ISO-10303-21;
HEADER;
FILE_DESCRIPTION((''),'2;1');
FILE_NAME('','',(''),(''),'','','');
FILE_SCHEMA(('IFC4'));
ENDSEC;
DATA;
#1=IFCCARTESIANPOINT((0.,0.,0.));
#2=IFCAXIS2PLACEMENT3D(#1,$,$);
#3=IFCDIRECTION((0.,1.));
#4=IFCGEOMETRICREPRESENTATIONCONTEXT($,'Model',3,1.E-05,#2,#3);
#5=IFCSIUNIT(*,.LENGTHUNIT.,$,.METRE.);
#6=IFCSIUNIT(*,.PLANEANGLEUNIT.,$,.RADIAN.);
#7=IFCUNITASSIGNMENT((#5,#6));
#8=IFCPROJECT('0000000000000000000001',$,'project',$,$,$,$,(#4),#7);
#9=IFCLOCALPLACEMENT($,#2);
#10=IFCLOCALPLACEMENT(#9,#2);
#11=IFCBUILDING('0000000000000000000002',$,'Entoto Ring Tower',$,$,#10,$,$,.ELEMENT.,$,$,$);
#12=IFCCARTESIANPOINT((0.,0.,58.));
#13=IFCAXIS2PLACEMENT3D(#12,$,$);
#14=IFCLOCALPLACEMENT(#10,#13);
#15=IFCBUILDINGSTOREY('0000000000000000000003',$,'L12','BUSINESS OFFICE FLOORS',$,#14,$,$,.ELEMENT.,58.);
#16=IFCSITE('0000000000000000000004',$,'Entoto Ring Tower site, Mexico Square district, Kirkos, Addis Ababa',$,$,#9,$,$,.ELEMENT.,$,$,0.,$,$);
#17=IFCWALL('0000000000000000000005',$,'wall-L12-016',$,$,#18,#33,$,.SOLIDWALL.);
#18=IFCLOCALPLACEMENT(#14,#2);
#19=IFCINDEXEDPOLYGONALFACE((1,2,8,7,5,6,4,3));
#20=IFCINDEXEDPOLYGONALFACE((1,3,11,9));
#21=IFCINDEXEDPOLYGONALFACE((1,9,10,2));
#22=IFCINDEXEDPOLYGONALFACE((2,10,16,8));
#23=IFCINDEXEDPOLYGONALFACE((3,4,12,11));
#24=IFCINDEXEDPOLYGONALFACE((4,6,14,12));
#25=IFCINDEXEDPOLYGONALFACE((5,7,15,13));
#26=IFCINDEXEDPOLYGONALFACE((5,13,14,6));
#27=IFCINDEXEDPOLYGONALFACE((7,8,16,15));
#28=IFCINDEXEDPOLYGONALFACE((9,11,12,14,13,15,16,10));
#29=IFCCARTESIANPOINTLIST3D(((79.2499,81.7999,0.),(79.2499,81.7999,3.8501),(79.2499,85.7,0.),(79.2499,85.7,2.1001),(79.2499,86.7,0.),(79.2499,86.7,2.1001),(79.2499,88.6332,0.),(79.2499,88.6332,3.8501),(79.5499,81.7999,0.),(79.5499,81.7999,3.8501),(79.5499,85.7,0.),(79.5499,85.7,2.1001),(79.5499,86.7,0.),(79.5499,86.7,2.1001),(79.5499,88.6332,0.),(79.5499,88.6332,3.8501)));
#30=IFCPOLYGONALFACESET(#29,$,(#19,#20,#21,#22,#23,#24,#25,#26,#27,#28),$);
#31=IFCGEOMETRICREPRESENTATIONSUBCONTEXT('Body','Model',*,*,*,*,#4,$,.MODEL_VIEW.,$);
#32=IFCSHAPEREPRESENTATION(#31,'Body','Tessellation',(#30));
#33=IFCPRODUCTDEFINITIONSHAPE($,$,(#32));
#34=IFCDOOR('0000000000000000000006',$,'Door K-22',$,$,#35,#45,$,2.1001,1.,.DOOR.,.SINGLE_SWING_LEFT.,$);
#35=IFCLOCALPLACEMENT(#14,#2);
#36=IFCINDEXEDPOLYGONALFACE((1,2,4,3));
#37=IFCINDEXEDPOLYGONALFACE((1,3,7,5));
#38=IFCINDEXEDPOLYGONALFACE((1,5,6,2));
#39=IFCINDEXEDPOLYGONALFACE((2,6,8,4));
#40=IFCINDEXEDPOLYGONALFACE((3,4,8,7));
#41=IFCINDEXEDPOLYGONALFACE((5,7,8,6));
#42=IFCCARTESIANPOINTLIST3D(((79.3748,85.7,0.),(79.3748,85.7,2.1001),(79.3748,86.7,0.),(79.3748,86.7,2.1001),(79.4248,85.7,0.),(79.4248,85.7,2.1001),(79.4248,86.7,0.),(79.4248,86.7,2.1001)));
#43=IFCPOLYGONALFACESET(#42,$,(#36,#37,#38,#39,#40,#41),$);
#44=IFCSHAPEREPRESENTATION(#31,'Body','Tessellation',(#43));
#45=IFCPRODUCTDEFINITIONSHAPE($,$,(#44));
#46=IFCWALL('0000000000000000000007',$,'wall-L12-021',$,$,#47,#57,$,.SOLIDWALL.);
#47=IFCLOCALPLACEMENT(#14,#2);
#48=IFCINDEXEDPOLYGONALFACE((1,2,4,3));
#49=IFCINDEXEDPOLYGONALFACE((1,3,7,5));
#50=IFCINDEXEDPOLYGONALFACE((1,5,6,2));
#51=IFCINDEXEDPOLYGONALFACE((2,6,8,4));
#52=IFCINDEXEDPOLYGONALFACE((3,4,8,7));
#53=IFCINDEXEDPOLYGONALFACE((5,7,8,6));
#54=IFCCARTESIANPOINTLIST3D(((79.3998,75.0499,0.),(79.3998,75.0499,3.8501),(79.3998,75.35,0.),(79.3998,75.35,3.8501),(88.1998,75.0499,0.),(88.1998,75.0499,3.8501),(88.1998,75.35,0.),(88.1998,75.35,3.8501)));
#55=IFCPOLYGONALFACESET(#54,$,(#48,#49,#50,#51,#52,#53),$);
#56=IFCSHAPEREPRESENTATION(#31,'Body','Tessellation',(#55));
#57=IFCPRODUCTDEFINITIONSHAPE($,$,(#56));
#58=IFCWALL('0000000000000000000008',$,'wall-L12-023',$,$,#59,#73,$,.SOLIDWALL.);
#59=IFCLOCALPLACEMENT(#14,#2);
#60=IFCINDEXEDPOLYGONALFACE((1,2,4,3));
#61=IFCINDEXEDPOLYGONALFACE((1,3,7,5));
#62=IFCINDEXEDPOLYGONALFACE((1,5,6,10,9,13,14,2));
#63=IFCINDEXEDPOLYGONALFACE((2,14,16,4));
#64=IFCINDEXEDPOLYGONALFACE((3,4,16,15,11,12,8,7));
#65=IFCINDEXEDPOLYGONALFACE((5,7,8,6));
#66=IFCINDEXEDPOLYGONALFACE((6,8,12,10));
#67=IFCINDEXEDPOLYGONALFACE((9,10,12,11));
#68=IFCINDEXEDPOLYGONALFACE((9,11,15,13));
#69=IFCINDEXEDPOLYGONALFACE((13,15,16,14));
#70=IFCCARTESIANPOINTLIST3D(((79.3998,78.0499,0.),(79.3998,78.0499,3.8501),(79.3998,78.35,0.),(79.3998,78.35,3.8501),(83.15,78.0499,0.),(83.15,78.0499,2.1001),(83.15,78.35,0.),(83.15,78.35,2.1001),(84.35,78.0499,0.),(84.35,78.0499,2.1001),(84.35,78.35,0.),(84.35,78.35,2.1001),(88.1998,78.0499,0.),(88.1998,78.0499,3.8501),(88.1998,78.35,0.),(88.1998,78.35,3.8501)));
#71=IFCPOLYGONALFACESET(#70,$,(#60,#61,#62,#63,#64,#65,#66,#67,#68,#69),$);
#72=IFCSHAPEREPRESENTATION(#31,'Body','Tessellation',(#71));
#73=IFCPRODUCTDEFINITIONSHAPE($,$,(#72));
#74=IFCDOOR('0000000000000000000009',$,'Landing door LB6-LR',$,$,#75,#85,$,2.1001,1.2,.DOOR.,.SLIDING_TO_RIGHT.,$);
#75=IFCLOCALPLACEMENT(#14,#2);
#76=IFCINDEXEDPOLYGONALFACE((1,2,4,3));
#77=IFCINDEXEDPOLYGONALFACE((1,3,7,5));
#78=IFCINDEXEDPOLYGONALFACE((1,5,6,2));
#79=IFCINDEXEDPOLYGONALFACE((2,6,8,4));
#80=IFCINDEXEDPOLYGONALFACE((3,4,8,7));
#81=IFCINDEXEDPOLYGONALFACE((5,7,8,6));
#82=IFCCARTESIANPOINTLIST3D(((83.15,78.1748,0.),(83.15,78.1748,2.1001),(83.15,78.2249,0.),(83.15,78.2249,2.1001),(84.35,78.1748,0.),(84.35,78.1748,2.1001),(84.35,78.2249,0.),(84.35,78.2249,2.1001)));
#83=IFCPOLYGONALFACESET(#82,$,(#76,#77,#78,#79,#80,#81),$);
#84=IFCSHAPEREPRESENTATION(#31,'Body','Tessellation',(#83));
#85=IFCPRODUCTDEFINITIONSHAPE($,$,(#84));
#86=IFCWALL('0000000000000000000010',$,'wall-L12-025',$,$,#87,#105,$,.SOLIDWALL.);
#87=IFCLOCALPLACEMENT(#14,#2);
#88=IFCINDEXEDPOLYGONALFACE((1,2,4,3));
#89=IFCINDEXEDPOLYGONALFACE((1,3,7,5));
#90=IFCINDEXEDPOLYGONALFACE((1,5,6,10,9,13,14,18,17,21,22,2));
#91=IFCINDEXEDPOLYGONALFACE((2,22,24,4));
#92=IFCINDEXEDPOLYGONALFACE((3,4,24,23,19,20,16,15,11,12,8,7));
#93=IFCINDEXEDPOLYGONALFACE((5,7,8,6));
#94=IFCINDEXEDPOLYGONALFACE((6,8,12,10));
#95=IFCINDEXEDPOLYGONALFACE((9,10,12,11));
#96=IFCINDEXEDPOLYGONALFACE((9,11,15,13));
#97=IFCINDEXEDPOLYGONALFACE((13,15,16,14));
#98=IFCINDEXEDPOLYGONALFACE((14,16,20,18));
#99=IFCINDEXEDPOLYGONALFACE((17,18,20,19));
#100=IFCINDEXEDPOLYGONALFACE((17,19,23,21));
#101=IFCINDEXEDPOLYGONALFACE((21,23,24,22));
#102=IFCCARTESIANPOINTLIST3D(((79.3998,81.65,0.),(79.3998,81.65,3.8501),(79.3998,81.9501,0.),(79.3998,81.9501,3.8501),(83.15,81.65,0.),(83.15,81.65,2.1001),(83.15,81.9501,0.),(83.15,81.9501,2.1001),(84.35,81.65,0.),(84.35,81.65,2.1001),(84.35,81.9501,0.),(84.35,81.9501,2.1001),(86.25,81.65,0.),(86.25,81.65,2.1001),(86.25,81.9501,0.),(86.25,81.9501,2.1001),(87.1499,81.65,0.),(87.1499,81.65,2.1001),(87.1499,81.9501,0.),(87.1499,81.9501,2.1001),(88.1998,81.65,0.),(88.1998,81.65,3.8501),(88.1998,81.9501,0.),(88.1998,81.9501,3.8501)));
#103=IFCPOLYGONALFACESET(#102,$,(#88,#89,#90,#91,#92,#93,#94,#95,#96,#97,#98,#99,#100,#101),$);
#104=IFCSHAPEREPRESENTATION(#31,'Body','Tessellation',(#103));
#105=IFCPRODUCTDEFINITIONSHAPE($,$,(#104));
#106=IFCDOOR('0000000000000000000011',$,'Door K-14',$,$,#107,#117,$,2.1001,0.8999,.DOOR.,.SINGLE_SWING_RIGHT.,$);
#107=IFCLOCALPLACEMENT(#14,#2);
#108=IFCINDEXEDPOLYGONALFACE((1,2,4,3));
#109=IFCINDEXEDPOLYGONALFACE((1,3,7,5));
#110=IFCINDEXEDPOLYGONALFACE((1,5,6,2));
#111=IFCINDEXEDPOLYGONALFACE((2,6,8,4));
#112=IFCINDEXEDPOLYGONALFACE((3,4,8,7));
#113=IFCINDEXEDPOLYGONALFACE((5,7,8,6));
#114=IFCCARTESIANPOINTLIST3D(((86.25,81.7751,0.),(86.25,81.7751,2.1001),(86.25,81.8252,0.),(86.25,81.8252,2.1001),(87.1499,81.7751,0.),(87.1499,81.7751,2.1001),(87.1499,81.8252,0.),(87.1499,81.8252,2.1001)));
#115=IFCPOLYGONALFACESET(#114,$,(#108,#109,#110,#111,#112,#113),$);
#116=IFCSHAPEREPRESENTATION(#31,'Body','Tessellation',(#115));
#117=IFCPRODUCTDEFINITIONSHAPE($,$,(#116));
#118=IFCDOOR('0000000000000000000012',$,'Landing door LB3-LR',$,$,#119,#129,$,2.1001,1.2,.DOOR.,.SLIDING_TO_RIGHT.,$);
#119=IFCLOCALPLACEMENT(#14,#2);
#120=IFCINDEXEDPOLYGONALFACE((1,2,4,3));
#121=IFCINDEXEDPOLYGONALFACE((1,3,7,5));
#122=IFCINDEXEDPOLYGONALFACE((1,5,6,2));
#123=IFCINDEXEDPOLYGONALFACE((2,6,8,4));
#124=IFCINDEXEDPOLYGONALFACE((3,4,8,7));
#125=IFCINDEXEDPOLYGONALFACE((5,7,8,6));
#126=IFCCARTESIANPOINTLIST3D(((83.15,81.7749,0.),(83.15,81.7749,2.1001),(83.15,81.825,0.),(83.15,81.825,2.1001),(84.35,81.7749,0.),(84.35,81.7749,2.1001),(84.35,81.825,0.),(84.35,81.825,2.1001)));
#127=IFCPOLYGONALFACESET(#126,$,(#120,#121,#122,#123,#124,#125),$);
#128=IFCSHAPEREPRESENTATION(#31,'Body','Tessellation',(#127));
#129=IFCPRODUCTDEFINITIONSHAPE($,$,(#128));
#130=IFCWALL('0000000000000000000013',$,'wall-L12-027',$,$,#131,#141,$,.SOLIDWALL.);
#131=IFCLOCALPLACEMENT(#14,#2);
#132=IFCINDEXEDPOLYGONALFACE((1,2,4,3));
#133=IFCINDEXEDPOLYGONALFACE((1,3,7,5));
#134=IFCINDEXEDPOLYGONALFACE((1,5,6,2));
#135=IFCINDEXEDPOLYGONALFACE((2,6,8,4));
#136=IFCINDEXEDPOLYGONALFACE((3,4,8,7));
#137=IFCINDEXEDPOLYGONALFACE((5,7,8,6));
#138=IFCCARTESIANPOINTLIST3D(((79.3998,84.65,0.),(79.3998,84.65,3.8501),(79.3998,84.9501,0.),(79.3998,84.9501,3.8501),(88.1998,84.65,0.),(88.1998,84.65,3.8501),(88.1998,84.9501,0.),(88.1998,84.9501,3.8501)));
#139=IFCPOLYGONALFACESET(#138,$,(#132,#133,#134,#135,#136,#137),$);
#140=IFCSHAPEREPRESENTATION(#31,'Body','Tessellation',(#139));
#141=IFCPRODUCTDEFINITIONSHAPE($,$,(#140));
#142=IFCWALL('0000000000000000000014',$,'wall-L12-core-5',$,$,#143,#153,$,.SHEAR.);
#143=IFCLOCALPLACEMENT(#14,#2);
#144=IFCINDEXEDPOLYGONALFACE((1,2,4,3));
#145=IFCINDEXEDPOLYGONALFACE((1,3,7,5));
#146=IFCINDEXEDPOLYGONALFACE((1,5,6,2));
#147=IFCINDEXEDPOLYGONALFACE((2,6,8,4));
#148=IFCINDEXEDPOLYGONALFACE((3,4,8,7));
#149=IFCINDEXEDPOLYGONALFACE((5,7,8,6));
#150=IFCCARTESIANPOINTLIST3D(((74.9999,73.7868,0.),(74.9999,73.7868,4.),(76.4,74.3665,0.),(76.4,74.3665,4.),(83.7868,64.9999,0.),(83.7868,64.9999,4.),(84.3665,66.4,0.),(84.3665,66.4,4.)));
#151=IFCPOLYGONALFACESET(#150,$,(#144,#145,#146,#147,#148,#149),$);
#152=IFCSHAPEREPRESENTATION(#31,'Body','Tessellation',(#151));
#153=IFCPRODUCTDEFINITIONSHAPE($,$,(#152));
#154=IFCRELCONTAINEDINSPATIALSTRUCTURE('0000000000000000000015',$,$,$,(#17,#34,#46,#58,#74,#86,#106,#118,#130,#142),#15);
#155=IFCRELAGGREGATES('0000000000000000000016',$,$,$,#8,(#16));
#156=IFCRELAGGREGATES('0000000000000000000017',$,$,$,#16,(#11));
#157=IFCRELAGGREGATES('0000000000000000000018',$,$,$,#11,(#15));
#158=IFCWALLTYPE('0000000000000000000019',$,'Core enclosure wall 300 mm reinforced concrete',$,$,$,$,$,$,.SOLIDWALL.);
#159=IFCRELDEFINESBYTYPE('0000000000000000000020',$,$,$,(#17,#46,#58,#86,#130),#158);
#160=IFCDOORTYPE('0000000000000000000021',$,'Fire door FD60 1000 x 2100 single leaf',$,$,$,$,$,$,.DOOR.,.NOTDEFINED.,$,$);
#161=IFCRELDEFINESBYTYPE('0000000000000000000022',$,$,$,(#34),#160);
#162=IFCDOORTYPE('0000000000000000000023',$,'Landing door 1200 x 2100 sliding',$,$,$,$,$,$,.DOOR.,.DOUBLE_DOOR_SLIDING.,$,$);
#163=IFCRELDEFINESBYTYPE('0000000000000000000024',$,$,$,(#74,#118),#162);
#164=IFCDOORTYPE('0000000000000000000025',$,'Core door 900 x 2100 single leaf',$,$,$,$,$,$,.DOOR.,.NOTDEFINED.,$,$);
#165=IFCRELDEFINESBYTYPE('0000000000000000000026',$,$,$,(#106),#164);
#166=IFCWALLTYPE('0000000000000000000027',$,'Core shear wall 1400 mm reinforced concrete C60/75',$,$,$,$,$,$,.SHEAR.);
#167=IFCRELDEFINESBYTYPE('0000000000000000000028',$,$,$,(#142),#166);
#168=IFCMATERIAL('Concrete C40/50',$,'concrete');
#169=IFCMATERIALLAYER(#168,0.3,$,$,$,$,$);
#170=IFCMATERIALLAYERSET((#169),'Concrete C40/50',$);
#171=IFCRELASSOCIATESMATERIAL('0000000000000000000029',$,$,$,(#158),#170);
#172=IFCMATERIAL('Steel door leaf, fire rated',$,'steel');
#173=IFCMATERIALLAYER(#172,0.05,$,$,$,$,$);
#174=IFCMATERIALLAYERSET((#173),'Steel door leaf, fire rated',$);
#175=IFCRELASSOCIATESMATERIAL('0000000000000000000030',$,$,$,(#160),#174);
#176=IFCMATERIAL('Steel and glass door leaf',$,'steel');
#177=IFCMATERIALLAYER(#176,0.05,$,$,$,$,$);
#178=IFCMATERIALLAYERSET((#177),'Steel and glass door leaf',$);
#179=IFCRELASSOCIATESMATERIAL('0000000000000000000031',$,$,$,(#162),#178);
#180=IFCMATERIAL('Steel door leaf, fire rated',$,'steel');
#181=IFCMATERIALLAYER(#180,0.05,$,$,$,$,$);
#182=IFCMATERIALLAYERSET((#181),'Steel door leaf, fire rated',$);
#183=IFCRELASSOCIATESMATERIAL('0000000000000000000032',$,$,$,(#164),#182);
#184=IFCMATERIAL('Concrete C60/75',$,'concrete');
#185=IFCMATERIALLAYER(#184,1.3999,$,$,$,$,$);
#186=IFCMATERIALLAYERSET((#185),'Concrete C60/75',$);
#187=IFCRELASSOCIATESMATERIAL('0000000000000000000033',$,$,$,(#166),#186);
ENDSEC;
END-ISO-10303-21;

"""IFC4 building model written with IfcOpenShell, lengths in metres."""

from ifc_helpers import new_model, si_unit, direction, frame, frame_2d, origin, place, context, subcontext, project, spatial, polyline, rectangle, outline, extrude, material, layer, layer_set, type_object, element, fill, save


model = new_model("IFC4")

# Units and contexts
model_context = context("Model", 3, precision=1e-05, world=origin(), true_north=direction((0.0, 1.0)))
body_context = subcontext(model_context, "Body", "Model", "MODEL_VIEW")
ifc_project = project(units=[si_unit("LENGTHUNIT", "METRE"), si_unit("PLANEANGLEUNIT", "RADIAN")], contexts=[model_context])

# Site, building, storey
site_placement = place(None, origin())
site = spatial("IfcSite", under=ifc_project, at=site_placement, Name="Entoto Ring Tower site, Mexico Square district, Kirkos, Addis Ababa", CompositionType="ELEMENT", RefElevation=0.0)
building_placement = place(site_placement, origin())
building = spatial("IfcBuilding", under=site, at=building_placement, Name="Entoto Ring Tower", CompositionType="ELEMENT")
storey_placement = place(building_placement, frame((0.0, 0.0, 58.0)))
storey = spatial("IfcBuildingStorey", under=building, at=storey_placement, Name="L12", Description="BUSINESS OFFICE FLOORS", CompositionType="ELEMENT", Elevation=58.0)

# Shared definitions
ifc_material_1 = material(Name="Concrete C40/50", Category="concrete")
ifc_layer_1 = layer(ifc_material_1, 0.3)
ifc_layer_set_1 = layer_set([ifc_layer_1], Name="Concrete C40/50")
wall_type_1 = type_object("IfcWallType", Name="Core enclosure wall 300 mm reinforced concrete", PredefinedType="SOLIDWALL", material=ifc_layer_set_1)

# Wall, opening, door
wall_1_placement = place(storey_placement, frame((79.3999, 81.8, 0.0), z_axis=(0.0, 0.0, 1.0), x_axis=(0.0, 1.0, 0.0)))
wall_1 = element("IfcWall", 1, at=wall_1_placement, inside=storey, type_object=wall_type_1, Name="wall-L12-016", PredefinedType="SOLIDWALL", context=body_context, shape_type="SweptSolid", body=[
    extrude(rectangle(XDim=6.8333, YDim=0.3, at=frame_2d((3.4165, 0.0))), origin(), (0.0, 0.0, 1.0), 3.8501),
])
opening_1_placement = place(wall_1_placement, frame((3.8999, 0.0, 0.0)))
opening_1 = element("IfcOpeningElement", 2, at=opening_1_placement, cuts=wall_1, PredefinedType="OPENING", context=body_context, shape_type="SweptSolid", body=[
    extrude(rectangle(XDim=1.0, YDim=2.1001, at=frame_2d((0.5, 1.05))), frame((0.0, 0.1602, 0.0), z_axis=(0.0, -1.0, 0.0), x_axis=(1.0, 0.0, 0.0)), (0.0, 0.0, 1.0), 0.3201),
])
ifc_material_2 = material(Name="Steel door leaf, fire rated", Category="steel")
ifc_layer_2 = layer(ifc_material_2, 0.05)
ifc_layer_set_2 = layer_set([ifc_layer_2], Name="Steel door leaf, fire rated")
door_type_1 = type_object("IfcDoorType", Name="Fire door FD60 1000 x 2100 single leaf", OperationType="NOTDEFINED", PredefinedType="DOOR", material=ifc_layer_set_2)
door_1_placement = place(opening_1_placement, frame((1.0, 0.0, 0.0), z_axis=(0.0, 0.0, 1.0), x_axis=(-1.0, 0.0, 0.0)))
door_1 = element("IfcDoor", 3, at=door_1_placement, inside=storey, type_object=door_type_1, Name="Door K-22", OperationType="SINGLE_SWING_LEFT", OverallHeight=2.1001, OverallWidth=1.0, PredefinedType="DOOR", context=body_context, shape_type="SweptSolid", body=[
    extrude(rectangle(XDim=1.0, YDim=2.1001, at=frame_2d((0.5, 1.05))), frame((0.0, 0.0249, 0.0), z_axis=(0.0, -1.0, 0.0), x_axis=(1.0, 0.0, 0.0)), (0.0, 0.0, 1.0), 0.05),
])
fill(opening_1, door_1)

# Wall
wall_2_placement = place(storey_placement, frame((79.3999, 75.2, 0.0), z_axis=(0.0, 0.0, 1.0), x_axis=(1.0, 0.0, 0.0)))
element("IfcWall", 4, at=wall_2_placement, inside=storey, type_object=wall_type_1, Name="wall-L12-021", PredefinedType="SOLIDWALL", context=body_context, shape_type="SweptSolid", body=[
    extrude(rectangle(XDim=8.8, YDim=0.3, at=frame_2d((4.3999, 0.0))), origin(), (0.0, 0.0, 1.0), 3.8501),
])

# Wall, opening, door
wall_3_placement = place(storey_placement, frame((79.3999, 78.2, 0.0), z_axis=(0.0, 0.0, 1.0), x_axis=(1.0, 0.0, 0.0)))
wall_3 = element("IfcWall", 5, at=wall_3_placement, inside=storey, type_object=wall_type_1, Name="wall-L12-023", PredefinedType="SOLIDWALL", context=body_context, shape_type="SweptSolid", body=[
    extrude(rectangle(XDim=8.8, YDim=0.3, at=frame_2d((4.3999, 0.0))), origin(), (0.0, 0.0, 1.0), 3.8501),
])
opening_2_placement = place(wall_3_placement, frame((3.75, 0.0, 0.0)))
opening_2 = element("IfcOpeningElement", 6, at=opening_2_placement, cuts=wall_3, PredefinedType="OPENING", context=body_context, shape_type="SweptSolid", body=[
    extrude(rectangle(XDim=1.2, YDim=2.1001, at=frame_2d((0.6001, 1.05))), frame((0.0, 0.1602, 0.0), z_axis=(0.0, -1.0, 0.0), x_axis=(1.0, 0.0, 0.0)), (0.0, 0.0, 1.0), 0.3201),
])
ifc_material_3 = material(Name="Steel and glass door leaf", Category="steel")
ifc_layer_3 = layer(ifc_material_3, 0.05)
ifc_layer_set_3 = layer_set([ifc_layer_3], Name="Steel and glass door leaf")
door_type_2 = type_object("IfcDoorType", Name="Landing door 1200 x 2100 sliding", OperationType="DOUBLE_DOOR_SLIDING", PredefinedType="DOOR", material=ifc_layer_set_3)
door_2_placement = place(opening_2_placement, origin())
door_2 = element("IfcDoor", 7, at=door_2_placement, inside=storey, type_object=door_type_2, Name="Landing door LB6-LR", OperationType="SLIDING_TO_RIGHT", OverallHeight=2.1001, OverallWidth=1.2, PredefinedType="DOOR", context=body_context, shape_type="SweptSolid", body=[
    extrude(rectangle(XDim=1.2, YDim=2.1001, at=frame_2d((0.6001, 1.05))), frame((0.0, 0.0249, 0.0), z_axis=(0.0, -1.0, 0.0), x_axis=(1.0, 0.0, 0.0)), (0.0, 0.0, 1.0), 0.05),
])
fill(opening_2, door_2)

# Wall, openings, doors
wall_4_placement = place(storey_placement, frame((79.3999, 81.8, 0.0), z_axis=(0.0, 0.0, 1.0), x_axis=(1.0, 0.0, 0.0)))
wall_4 = element("IfcWall", 8, at=wall_4_placement, inside=storey, type_object=wall_type_1, Name="wall-L12-025", PredefinedType="SOLIDWALL", context=body_context, shape_type="SweptSolid", body=[
    extrude(rectangle(XDim=8.8, YDim=0.3, at=frame_2d((4.3999, 0.0))), origin(), (0.0, 0.0, 1.0), 3.8501),
])
opening_3_placement = place(wall_4_placement, frame((3.75, 0.0, 0.0)))
opening_3 = element("IfcOpeningElement", 9, at=opening_3_placement, cuts=wall_4, PredefinedType="OPENING", context=body_context, shape_type="SweptSolid", body=[
    extrude(rectangle(XDim=1.2, YDim=2.1001, at=frame_2d((0.6001, 1.05))), frame((0.0, 0.1602, 0.0), z_axis=(0.0, -1.0, 0.0), x_axis=(1.0, 0.0, 0.0)), (0.0, 0.0, 1.0), 0.3201),
])
opening_4_placement = place(wall_4_placement, frame((6.8501, 0.0, 0.0)))
opening_4 = element("IfcOpeningElement", 10, at=opening_4_placement, cuts=wall_4, PredefinedType="OPENING", context=body_context, shape_type="SweptSolid", body=[
    extrude(rectangle(XDim=0.8999, YDim=2.1001, at=frame_2d((0.45, 1.05))), frame((0.0, 0.1602, 0.0), z_axis=(0.0, -1.0, 0.0), x_axis=(1.0, 0.0, 0.0)), (0.0, 0.0, 1.0), 0.3201),
])
ifc_material_4 = material(Name="Steel door leaf, fire rated", Category="steel")
ifc_layer_4 = layer(ifc_material_4, 0.05)
ifc_layer_set_4 = layer_set([ifc_layer_4], Name="Steel door leaf, fire rated")
door_type_3 = type_object("IfcDoorType", Name="Core door 900 x 2100 single leaf", OperationType="NOTDEFINED", PredefinedType="DOOR", material=ifc_layer_set_4)
door_3_placement = place(opening_4_placement, frame((0.8999, 0.0, 0.0), z_axis=(0.0, 0.0, 1.0), x_axis=(-1.0, 0.0, 0.0)))
door_3 = element("IfcDoor", 11, at=door_3_placement, inside=storey, type_object=door_type_3, Name="Door K-14", OperationType="SINGLE_SWING_RIGHT", OverallHeight=2.1001, OverallWidth=0.8999, PredefinedType="DOOR", context=body_context, shape_type="SweptSolid", body=[
    extrude(rectangle(XDim=0.8999, YDim=2.1001, at=frame_2d((0.45, 1.05))), frame((0.0, 0.0249, 0.0), z_axis=(0.0, -1.0, 0.0), x_axis=(1.0, 0.0, 0.0)), (0.0, 0.0, 1.0), 0.05),
])
fill(opening_4, door_3)
door_4_placement = place(opening_3_placement, origin())
door_4 = element("IfcDoor", 12, at=door_4_placement, inside=storey, type_object=door_type_2, Name="Landing door LB3-LR", OperationType="SLIDING_TO_RIGHT", OverallHeight=2.1001, OverallWidth=1.2, PredefinedType="DOOR", context=body_context, shape_type="SweptSolid", body=[
    extrude(rectangle(XDim=1.2, YDim=2.1001, at=frame_2d((0.6001, 1.05))), frame((0.0, 0.0249, 0.0), z_axis=(0.0, -1.0, 0.0), x_axis=(1.0, 0.0, 0.0)), (0.0, 0.0, 1.0), 0.05),
])
fill(opening_3, door_4)

# Walls
wall_5_placement = place(storey_placement, frame((79.3999, 84.8, 0.0), z_axis=(0.0, 0.0, 1.0), x_axis=(1.0, 0.0, 0.0)))
element("IfcWall", 13, at=wall_5_placement, inside=storey, type_object=wall_type_1, Name="wall-L12-027", PredefinedType="SOLIDWALL", context=body_context, shape_type="SweptSolid", body=[
    extrude(rectangle(XDim=8.8, YDim=0.3, at=frame_2d((4.3999, 0.0))), origin(), (0.0, 0.0, 1.0), 3.8501),
])
ifc_material_5 = material(Name="Concrete C60/75", Category="concrete")
ifc_layer_5 = layer(ifc_material_5, 1.3999)
ifc_layer_set_5 = layer_set([ifc_layer_5], Name="Concrete C60/75")
wall_type_2 = type_object("IfcWallType", Name="Core shear wall 1400 mm reinforced concrete C60/75", PredefinedType="SHEAR", material=ifc_layer_set_5)
wall_6_placement = place(storey_placement, frame((75.7, 74.0767, 0.0), z_axis=(0.0, 0.0, 1.0), x_axis=(0.707107, -0.707107, 0.0)))
element("IfcWall", 14, at=wall_6_placement, inside=storey, type_object=wall_type_2, Name="wall-L12-core-5", PredefinedType="SHEAR", context=body_context, shape_type="SweptSolid", body=[
    extrude(outline(polyline([(-0.29, -0.7), (12.1365, -0.7), (11.5564, 0.7), (0.29, 0.7), (-0.29, -0.7)])), origin(), (0.0, 0.0, 1.0), 4.0),
])

save(model, "model.ifc")
